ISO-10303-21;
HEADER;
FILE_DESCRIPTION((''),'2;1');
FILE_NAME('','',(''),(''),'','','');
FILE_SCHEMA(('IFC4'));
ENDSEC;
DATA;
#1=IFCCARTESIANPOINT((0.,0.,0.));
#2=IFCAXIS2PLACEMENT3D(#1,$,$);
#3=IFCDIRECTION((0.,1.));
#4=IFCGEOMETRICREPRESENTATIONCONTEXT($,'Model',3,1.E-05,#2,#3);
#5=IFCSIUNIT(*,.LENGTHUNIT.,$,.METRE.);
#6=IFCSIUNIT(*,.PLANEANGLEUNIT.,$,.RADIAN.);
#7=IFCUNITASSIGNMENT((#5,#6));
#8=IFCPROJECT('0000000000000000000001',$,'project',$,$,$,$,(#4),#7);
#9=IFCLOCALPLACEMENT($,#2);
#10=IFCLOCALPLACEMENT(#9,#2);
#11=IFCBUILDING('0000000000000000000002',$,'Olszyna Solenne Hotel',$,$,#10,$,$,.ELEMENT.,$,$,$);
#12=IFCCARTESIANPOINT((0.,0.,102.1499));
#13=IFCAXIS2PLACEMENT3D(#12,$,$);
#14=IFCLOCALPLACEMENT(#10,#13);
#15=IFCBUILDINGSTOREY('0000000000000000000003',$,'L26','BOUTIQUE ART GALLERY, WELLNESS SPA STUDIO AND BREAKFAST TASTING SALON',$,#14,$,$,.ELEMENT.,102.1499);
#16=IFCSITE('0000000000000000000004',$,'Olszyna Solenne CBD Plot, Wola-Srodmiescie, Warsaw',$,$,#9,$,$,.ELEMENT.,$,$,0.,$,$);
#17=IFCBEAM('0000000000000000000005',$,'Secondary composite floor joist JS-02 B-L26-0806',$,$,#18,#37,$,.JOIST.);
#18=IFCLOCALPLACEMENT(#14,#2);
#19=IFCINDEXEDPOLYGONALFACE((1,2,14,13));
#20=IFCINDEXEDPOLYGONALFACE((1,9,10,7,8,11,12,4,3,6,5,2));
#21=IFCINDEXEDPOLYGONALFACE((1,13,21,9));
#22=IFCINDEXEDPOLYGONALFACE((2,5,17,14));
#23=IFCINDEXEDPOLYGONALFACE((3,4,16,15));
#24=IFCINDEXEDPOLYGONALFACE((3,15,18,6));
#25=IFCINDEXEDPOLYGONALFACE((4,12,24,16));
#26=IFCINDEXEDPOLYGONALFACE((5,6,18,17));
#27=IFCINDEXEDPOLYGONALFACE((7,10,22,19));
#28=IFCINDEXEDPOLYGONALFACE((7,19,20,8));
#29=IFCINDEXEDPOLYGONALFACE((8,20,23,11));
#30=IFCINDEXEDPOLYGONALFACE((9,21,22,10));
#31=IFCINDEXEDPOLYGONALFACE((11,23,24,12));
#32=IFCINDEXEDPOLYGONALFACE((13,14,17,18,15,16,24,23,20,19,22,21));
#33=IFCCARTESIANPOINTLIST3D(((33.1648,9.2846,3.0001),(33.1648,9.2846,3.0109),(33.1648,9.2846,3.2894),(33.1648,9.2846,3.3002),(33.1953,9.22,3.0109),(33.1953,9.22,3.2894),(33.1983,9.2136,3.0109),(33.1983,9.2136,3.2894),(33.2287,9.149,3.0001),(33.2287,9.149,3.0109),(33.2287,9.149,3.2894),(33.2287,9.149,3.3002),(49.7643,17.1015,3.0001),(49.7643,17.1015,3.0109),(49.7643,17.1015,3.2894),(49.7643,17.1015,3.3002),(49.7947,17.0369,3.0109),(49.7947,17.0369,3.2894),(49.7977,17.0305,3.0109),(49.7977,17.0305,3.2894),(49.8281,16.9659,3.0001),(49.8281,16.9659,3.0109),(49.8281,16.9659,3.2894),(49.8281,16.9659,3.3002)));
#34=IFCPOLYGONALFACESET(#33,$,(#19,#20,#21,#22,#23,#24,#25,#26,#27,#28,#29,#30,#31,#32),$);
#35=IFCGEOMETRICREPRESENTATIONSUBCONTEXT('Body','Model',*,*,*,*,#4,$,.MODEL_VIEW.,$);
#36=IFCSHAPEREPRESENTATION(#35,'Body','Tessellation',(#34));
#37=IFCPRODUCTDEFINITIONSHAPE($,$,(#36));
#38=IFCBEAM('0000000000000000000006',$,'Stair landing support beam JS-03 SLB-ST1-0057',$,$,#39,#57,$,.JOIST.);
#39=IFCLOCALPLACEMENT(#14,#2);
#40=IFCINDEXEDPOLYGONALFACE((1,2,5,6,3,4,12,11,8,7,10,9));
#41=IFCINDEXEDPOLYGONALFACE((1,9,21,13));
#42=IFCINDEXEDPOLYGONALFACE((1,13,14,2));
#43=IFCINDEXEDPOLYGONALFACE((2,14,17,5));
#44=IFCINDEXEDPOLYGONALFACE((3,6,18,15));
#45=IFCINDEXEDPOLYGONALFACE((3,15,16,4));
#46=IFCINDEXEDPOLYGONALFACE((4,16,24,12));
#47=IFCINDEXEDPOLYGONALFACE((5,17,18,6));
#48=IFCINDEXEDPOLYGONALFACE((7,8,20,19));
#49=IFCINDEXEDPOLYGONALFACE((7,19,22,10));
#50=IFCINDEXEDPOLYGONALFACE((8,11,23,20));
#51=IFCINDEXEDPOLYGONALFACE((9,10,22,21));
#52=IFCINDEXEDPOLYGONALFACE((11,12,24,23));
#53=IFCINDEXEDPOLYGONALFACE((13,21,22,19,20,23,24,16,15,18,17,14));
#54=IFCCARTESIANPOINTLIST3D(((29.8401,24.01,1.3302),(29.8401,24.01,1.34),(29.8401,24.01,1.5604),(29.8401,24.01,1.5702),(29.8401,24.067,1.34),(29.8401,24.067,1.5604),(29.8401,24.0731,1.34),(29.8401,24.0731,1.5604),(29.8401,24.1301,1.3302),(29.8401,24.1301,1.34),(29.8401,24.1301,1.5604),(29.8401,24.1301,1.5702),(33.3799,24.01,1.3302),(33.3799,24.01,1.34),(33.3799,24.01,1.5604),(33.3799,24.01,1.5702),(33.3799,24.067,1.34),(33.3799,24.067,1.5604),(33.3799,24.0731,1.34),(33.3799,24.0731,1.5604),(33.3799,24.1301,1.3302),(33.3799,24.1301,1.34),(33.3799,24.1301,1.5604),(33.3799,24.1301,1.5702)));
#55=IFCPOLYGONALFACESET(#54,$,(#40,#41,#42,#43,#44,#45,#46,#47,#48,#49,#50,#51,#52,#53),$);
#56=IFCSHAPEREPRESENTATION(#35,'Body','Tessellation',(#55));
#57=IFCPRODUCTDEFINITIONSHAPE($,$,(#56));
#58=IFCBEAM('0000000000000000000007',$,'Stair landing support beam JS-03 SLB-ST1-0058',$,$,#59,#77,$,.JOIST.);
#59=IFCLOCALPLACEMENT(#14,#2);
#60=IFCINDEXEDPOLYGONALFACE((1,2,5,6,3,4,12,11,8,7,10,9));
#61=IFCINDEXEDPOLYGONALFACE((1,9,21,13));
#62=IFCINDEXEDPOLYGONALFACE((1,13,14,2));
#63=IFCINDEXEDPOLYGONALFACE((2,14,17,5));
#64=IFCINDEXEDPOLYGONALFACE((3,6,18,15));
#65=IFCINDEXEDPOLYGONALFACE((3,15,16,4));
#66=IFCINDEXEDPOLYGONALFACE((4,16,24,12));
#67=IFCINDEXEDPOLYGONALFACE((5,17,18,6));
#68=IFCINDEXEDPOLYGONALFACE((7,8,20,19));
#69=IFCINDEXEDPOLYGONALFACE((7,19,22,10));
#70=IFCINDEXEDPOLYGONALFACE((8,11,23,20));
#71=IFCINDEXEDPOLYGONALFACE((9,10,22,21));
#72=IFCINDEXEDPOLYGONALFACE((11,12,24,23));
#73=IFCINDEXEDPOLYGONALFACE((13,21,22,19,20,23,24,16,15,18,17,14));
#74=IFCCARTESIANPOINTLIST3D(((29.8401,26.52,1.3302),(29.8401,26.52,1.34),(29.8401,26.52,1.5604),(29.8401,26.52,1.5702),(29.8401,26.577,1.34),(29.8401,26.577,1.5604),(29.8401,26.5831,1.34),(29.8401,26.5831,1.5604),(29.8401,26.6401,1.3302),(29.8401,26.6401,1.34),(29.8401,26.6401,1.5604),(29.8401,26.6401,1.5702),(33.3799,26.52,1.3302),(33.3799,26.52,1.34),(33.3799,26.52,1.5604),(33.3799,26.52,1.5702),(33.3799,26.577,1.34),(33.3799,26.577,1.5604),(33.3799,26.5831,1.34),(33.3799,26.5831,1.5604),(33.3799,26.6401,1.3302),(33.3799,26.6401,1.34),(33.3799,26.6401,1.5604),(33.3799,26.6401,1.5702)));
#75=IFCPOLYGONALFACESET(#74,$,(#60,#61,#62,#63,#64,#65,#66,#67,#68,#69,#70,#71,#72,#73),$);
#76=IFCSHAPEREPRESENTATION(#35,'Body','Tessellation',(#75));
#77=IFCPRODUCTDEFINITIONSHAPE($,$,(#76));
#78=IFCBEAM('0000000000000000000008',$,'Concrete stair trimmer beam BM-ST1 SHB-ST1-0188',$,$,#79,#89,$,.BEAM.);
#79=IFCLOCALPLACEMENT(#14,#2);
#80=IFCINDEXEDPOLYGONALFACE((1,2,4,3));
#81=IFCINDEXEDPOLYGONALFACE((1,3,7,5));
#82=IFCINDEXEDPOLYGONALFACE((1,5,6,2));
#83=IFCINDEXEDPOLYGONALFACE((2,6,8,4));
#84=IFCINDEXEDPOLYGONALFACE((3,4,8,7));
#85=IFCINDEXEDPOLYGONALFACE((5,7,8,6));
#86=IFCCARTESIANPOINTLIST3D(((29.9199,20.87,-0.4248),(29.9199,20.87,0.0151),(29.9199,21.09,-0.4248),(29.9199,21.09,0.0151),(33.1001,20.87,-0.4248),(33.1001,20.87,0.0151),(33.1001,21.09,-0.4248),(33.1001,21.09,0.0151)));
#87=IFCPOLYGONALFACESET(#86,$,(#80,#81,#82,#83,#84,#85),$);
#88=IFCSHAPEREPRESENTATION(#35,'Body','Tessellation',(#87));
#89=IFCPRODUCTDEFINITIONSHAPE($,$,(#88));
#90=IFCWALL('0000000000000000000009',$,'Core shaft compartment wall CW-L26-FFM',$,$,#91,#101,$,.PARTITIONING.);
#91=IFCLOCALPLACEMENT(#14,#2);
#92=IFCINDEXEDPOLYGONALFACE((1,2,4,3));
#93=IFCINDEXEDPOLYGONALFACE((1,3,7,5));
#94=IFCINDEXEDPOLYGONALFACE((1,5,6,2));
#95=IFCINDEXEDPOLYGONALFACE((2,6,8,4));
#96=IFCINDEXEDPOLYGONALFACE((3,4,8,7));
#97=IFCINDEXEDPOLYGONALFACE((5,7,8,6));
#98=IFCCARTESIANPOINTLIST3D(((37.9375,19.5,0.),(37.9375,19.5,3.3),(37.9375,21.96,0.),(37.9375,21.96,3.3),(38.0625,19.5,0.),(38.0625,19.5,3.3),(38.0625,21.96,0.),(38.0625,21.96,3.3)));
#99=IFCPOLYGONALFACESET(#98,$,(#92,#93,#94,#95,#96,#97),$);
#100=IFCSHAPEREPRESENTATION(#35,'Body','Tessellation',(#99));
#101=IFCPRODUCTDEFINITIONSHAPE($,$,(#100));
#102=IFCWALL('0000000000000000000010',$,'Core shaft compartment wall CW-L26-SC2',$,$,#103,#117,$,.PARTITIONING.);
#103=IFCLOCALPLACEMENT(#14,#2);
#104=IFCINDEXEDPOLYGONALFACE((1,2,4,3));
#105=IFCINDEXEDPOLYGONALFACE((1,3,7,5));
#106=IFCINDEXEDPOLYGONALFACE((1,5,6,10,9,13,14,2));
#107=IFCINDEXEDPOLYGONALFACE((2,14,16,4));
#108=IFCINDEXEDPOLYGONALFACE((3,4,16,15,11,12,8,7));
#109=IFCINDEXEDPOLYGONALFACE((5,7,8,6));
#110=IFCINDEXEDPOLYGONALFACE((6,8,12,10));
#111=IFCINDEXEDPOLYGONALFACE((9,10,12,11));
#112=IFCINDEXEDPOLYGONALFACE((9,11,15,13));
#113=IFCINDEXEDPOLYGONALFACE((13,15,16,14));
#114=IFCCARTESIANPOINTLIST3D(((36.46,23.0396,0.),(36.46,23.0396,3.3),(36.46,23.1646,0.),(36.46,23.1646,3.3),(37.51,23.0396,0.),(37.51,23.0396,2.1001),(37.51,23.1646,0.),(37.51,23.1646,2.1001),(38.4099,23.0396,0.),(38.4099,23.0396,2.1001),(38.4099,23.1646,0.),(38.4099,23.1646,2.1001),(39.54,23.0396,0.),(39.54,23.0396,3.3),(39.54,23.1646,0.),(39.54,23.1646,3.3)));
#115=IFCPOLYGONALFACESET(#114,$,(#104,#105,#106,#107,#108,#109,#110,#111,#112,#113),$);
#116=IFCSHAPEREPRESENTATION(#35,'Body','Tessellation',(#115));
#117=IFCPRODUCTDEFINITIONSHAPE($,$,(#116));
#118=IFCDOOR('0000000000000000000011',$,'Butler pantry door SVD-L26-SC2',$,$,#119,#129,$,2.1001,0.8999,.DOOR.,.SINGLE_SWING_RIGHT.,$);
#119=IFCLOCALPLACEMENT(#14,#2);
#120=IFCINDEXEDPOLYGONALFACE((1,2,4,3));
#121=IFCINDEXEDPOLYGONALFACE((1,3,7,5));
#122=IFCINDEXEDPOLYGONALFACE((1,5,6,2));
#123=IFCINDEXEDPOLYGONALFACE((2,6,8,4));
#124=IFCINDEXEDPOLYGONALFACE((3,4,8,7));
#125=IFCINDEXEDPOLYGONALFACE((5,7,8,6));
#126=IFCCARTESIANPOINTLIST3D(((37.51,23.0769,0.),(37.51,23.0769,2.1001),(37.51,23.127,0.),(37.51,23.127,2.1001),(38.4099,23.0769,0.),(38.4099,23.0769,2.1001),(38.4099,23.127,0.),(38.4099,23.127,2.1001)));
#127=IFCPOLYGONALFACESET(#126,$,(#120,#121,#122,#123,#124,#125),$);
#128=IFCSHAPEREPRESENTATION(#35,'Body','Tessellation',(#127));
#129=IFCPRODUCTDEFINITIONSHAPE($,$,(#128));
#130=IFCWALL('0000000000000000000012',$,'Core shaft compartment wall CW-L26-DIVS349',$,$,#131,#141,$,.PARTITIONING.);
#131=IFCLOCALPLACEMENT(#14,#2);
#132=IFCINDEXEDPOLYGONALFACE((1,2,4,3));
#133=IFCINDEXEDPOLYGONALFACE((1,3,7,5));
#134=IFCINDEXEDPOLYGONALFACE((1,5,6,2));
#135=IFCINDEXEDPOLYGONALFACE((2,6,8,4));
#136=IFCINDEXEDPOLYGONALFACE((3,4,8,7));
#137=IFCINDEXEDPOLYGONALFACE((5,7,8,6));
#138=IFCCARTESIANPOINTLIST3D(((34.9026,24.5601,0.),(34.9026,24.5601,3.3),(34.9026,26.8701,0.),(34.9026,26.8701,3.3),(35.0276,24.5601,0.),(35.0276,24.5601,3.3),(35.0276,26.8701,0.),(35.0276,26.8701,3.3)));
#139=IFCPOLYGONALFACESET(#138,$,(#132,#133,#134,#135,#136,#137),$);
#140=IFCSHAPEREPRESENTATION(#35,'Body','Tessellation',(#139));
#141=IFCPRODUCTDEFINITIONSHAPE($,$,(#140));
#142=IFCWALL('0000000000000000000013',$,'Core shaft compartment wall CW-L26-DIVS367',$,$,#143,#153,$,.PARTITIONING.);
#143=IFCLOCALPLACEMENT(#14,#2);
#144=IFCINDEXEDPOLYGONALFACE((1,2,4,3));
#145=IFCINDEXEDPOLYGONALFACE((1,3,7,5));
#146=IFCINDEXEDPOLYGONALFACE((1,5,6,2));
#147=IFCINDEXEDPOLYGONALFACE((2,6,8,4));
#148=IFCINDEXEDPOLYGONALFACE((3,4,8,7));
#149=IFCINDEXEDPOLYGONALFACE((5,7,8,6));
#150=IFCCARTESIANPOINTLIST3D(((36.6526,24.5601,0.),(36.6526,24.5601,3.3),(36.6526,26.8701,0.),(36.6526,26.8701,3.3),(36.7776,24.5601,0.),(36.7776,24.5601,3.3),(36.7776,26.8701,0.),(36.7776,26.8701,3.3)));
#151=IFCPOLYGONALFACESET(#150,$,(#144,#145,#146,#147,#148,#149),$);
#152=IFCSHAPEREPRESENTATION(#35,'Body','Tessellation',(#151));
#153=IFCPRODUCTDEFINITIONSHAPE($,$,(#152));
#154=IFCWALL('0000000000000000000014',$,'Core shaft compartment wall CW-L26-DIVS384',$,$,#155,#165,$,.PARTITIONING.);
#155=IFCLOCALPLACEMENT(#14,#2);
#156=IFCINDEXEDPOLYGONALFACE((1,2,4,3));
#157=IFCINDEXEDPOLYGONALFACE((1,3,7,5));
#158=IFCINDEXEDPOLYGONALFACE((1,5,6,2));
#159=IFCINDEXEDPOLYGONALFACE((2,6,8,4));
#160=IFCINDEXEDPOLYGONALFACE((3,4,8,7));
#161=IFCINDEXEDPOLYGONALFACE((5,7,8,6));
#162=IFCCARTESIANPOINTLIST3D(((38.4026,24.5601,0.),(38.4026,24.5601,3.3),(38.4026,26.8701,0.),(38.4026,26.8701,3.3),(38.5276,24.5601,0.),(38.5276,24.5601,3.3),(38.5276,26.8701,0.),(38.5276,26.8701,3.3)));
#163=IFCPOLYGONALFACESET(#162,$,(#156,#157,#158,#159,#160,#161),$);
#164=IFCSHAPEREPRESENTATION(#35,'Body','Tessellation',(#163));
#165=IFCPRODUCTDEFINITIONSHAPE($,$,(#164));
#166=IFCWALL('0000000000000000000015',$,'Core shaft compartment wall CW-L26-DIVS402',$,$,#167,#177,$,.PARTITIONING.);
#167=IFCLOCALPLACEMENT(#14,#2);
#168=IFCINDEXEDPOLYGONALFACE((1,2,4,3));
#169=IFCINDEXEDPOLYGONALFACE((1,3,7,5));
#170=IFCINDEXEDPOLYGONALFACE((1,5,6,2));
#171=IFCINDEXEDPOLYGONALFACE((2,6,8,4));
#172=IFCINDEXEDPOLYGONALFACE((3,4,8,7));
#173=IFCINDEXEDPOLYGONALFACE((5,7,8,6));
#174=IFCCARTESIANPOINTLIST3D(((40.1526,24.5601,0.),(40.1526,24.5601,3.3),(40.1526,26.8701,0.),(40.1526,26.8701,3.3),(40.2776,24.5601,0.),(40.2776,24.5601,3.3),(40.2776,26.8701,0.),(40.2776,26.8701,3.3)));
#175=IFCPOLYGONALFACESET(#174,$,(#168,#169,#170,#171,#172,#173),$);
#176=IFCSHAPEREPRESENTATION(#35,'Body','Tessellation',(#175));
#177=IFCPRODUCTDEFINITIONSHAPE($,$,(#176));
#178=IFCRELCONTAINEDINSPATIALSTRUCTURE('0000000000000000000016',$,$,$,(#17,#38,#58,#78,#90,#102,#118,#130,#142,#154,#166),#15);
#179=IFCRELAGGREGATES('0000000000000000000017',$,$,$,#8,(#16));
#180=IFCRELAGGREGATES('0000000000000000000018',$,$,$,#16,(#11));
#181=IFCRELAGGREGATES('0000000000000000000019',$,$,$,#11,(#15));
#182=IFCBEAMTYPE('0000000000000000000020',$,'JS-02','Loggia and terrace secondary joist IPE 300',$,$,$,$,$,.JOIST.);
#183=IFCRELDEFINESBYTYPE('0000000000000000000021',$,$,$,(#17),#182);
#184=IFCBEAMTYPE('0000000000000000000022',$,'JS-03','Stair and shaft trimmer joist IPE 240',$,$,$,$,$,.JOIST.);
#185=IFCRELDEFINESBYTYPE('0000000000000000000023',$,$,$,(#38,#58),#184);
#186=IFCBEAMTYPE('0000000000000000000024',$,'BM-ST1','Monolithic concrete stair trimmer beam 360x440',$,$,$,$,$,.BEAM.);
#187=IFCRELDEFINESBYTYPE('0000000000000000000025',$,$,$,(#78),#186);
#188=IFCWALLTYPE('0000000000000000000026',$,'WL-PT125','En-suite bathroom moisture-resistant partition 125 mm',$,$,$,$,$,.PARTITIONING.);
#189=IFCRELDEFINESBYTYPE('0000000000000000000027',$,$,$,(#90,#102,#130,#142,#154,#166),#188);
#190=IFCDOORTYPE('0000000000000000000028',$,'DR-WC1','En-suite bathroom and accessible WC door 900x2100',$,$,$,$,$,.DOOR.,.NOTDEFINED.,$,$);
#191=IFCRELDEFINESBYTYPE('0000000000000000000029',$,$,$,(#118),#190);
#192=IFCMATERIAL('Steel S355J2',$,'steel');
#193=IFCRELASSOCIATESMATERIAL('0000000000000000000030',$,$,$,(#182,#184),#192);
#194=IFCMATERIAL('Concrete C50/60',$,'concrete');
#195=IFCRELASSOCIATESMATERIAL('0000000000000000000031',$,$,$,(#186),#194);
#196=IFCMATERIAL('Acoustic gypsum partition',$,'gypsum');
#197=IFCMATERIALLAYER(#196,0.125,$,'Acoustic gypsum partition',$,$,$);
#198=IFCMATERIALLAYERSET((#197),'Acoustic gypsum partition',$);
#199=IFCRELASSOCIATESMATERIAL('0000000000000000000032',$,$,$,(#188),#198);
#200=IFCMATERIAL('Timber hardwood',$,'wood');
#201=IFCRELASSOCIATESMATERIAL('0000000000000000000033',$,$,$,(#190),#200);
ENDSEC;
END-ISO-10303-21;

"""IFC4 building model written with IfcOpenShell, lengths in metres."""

from ifc_helpers import new_model, si_unit, direction, frame, frame_2d, origin, origin_2d, place, context, subcontext, project, spatial, rectangle, i_section, extrude, source, transform, mapped, material, layer, layer_set, material_profile, profile_set, type_object, type_shapes, element, fill, save


model = new_model("IFC4")

# Units and contexts
model_context = context("Model", 3, precision=1e-05, world=origin(), true_north=direction((0.0, 1.0)))
body_context = subcontext(model_context, "Body", "Model", "MODEL_VIEW")
ifc_project = project(units=[si_unit("LENGTHUNIT", "METRE"), si_unit("PLANEANGLEUNIT", "RADIAN")], contexts=[model_context])

# Site, building, storey
site_placement = place(None, origin())
site = spatial("IfcSite", under=ifc_project, at=site_placement, Name="Olszyna Solenne CBD Plot, Wola-Srodmiescie, Warsaw", CompositionType="ELEMENT", RefElevation=0.0)
building_placement = place(site_placement, origin())
building = spatial("IfcBuilding", under=site, at=building_placement, Name="Olszyna Solenne Hotel", CompositionType="ELEMENT")
storey_placement = place(building_placement, frame((0.0, 0.0, 102.1499)))
storey = spatial("IfcBuildingStorey", under=building, at=storey_placement, Name="L26", Description="BOUTIQUE ART GALLERY, WELLNESS SPA STUDIO AND BREAKFAST TASTING SALON", CompositionType="ELEMENT", Elevation=102.1499)

# Beams
ifc_material_1 = material(Name="Steel S355J2", Category="steel")
ifc_material_profile_1 = material_profile(ifc_material_1, i_section(OverallWidth=0.1499, OverallDepth=0.3, WebThickness=0.0071, FlangeThickness=0.0107, at=origin_2d()), Name="IPE 300", Category="load-bearing")
ifc_profile_set_1 = profile_set([ifc_material_profile_1], Name="Steel S355J2")
beam_type_1 = type_object("IfcBeamType", Name="JS-02", Description="Loggia and terrace secondary joist IPE 300", PredefinedType="JOIST", material=ifc_profile_set_1)
shared_shape_1 = source(origin(), body_context, "Body", "SweptSolid", [
    extrude(i_section(OverallWidth=0.1499, OverallDepth=0.3, WebThickness=0.0071, FlangeThickness=0.0107, at=origin_2d()), origin(), (0.0, 0.0, 1.0), 18.3479),
])
beam_1_placement = place(storey_placement, frame((33.1968, 9.2168, 3.1501), z_axis=(0.904705, 0.426039, 0.0), x_axis=(-0.426039, 0.904705, 0.0)))
element("IfcBeam", 1, at=beam_1_placement, inside=storey, type_object=beam_type_1, Name="Secondary composite floor joist JS-02 B-L26-0806", PredefinedType="JOIST", context=body_context, shape_type="MappedRepresentation", body=[
    mapped(shared_shape_1, transform((0.0, 0.0, 0.0), x_axis=(1.0, 0.0, 0.0), y_axis=(0.0, 1.0, 0.0), z_axis=(0.0, 0.0, 1.0), scale=1.0)),
])
ifc_material_profile_2 = material_profile(ifc_material_1, i_section(OverallWidth=0.1201, OverallDepth=0.24, WebThickness=0.0061, FlangeThickness=0.0098, at=origin_2d()), Name="IPE 240", Category="load-bearing")
ifc_profile_set_2 = profile_set([ifc_material_profile_2], Name="Steel S355J2")
beam_type_2 = type_object("IfcBeamType", Name="JS-03", Description="Stair and shaft trimmer joist IPE 240", PredefinedType="JOIST", material=ifc_profile_set_2)
shared_shape_2 = source(origin(), body_context, "Body", "SweptSolid", [
    extrude(i_section(OverallWidth=0.1201, OverallDepth=0.24, WebThickness=0.0061, FlangeThickness=0.0098, at=origin_2d()), origin(), (0.0, 0.0, 1.0), 3.5398),
])
for number, where, z_axis, x_axis, name in (
    (2, (33.3799, 24.0701, 1.4502), (-1.0, 0.0, 0.0), (0.0, -1.0, 0.0), "Stair landing support beam JS-03 SLB-ST1-0057"),
    (3, (33.3799, 26.5801, 1.4502), (-1.0, 0.0, 0.0), (0.0, -1.0, 0.0), "Stair landing support beam JS-03 SLB-ST1-0058"),
):
    element("IfcBeam", number, at=place(storey_placement, frame(where, z_axis=z_axis, x_axis=x_axis)), inside=storey, type_object=beam_type_2, Name=name, PredefinedType="JOIST", context=body_context, shape_type="MappedRepresentation", body=[
        mapped(shared_shape_2, transform((0.0, 0.0, 0.0), x_axis=(1.0, 0.0, 0.0), y_axis=(0.0, 1.0, 0.0), z_axis=(0.0, 0.0, 1.0), scale=1.0)),
    ])
ifc_material_2 = material(Name="Concrete C50/60", Category="concrete")
ifc_material_profile_3 = material_profile(ifc_material_2, rectangle(XDim=0.22, YDim=0.4399, at=origin_2d()), Name="RC 220x440", Category="load-bearing")
ifc_profile_set_3 = profile_set([ifc_material_profile_3], Name="Concrete C50/60")
beam_type_3 = type_object("IfcBeamType", Name="BM-ST1", Description="Monolithic concrete stair trimmer beam 360x440", PredefinedType="BEAM", material=ifc_profile_set_3)
shared_shape_3 = source(origin(), body_context, "Body", "SweptSolid", [
    extrude(rectangle(XDim=0.22, YDim=0.4399, at=origin_2d()), origin(), (0.0, 0.0, 1.0), 3.1802),
])
beam_2_placement = place(storey_placement, frame((33.1001, 20.98, -0.2048), z_axis=(-1.0, 0.0, 0.0), x_axis=(0.0, -1.0, 0.0)))
element("IfcBeam", 4, at=beam_2_placement, inside=storey, type_object=beam_type_3, Name="Concrete stair trimmer beam BM-ST1 SHB-ST1-0188", PredefinedType="BEAM", context=body_context, shape_type="MappedRepresentation", body=[
    mapped(shared_shape_3, transform((0.0, 0.0, 0.0), x_axis=(1.0, 0.0, 0.0), y_axis=(0.0, 1.0, 0.0), z_axis=(0.0, 0.0, 1.0), scale=1.0)),
])

# Wall
ifc_material_3 = material(Name="Acoustic gypsum partition", Category="gypsum")
ifc_layer_1 = layer(ifc_material_3, 0.125, Name="Acoustic gypsum partition")
ifc_layer_set_1 = layer_set([ifc_layer_1], Name="Acoustic gypsum partition")
wall_type_1 = type_object("IfcWallType", Name="WL-PT125", Description="En-suite bathroom moisture-resistant partition 125 mm", PredefinedType="PARTITIONING", material=ifc_layer_set_1)
wall_1_placement = place(storey_placement, frame((38.0, 19.5, 0.0), z_axis=(0.0, 0.0, 1.0), x_axis=(0.0, 1.0, 0.0)))
element("IfcWall", 5, at=wall_1_placement, inside=storey, type_object=wall_type_1, Name="Core shaft compartment wall CW-L26-FFM", PredefinedType="PARTITIONING", context=body_context, shape_type="SweptSolid", body=[
    extrude(rectangle(XDim=2.46, YDim=0.125, at=frame_2d((1.23, 0.0))), origin(), (0.0, 0.0, 1.0), 3.3),
])

# Wall, opening, door
wall_2_placement = place(storey_placement, frame((36.46, 23.1021, 0.0), z_axis=(0.0, 0.0, 1.0), x_axis=(1.0, 0.0, 0.0)))
wall_2 = element("IfcWall", 6, at=wall_2_placement, inside=storey, type_object=wall_type_1, Name="Core shaft compartment wall CW-L26-SC2", PredefinedType="PARTITIONING", context=body_context, shape_type="SweptSolid", body=[
    extrude(rectangle(XDim=3.0801, YDim=0.125, at=frame_2d((1.54, 0.0))), origin(), (0.0, 0.0, 1.0), 3.3),
])
opening_1_placement = place(wall_2_placement, frame((1.05, 0.0, 0.0)))
opening_1 = element("IfcOpeningElement", 7, at=opening_1_placement, cuts=wall_2, PredefinedType="OPENING", context=body_context, shape_type="SweptSolid", body=[
    extrude(rectangle(XDim=0.8999, YDim=2.1001, at=frame_2d((0.45, 1.05))), frame((0.0, 0.0725, 0.0), z_axis=(0.0, -1.0, 0.0), x_axis=(1.0, 0.0, 0.0)), (0.0, 0.0, 1.0), 0.145),
])
ifc_material_4 = material(Name="Timber hardwood", Category="wood")
door_type_1 = type_object("IfcDoorType", Name="DR-WC1", Description="En-suite bathroom and accessible WC door 900x2100", OperationType="NOTDEFINED", PredefinedType="DOOR", material=ifc_material_4)
shared_shape_4 = source(origin(), body_context, "Body", "SweptSolid", [
    extrude(rectangle(XDim=0.8999, YDim=2.1001, at=frame_2d((0.45, 1.05))), frame((0.0, 0.0249, 0.0), z_axis=(0.0, -1.0, 0.0), x_axis=(1.0, 0.0, 0.0)), (0.0, 0.0, 1.0), 0.05),
])
type_shapes(door_type_1, [shared_shape_4])
door_1_placement = place(opening_1_placement, origin())
door_1 = element("IfcDoor", 8, at=door_1_placement, inside=storey, type_object=door_type_1, Name="Butler pantry door SVD-L26-SC2", OperationType="SINGLE_SWING_RIGHT", OverallHeight=2.1001, OverallWidth=0.8999, PredefinedType="DOOR", context=body_context, shape_type="MappedRepresentation", body=[
    mapped(shared_shape_4, transform((0.0, 0.0, 0.0), x_axis=(1.0, 0.0, 0.0), y_axis=(0.0, 1.0, 0.0), z_axis=(0.0, 0.0, 1.0), scale=1.0)),
])
fill(opening_1, door_1)

# Walls
for number, where, z_axis, x_axis, name in (
    (9, (34.9651, 24.5601, 0.0), (0.0, 0.0, 1.0), (0.0, 1.0, 0.0), "Core shaft compartment wall CW-L26-DIVS349"),
    (10, (36.7151, 24.5601, 0.0), (0.0, 0.0, 1.0), (0.0, 1.0, 0.0), "Core shaft compartment wall CW-L26-DIVS367"),
    (11, (38.4651, 24.5601, 0.0), (0.0, 0.0, 1.0), (0.0, 1.0, 0.0), "Core shaft compartment wall CW-L26-DIVS384"),
    (12, (40.2151, 24.5601, 0.0), (0.0, 0.0, 1.0), (0.0, 1.0, 0.0), "Core shaft compartment wall CW-L26-DIVS402"),
):
    element("IfcWall", number, at=place(storey_placement, frame(where, z_axis=z_axis, x_axis=x_axis)), inside=storey, type_object=wall_type_1, Name=name, PredefinedType="PARTITIONING", context=body_context, shape_type="SweptSolid", body=[
        extrude(rectangle(XDim=2.3101, YDim=0.125, at=frame_2d((1.155, 0.0))), origin(), (0.0, 0.0, 1.0), 3.3),
    ])

save(model, "model.ifc")
